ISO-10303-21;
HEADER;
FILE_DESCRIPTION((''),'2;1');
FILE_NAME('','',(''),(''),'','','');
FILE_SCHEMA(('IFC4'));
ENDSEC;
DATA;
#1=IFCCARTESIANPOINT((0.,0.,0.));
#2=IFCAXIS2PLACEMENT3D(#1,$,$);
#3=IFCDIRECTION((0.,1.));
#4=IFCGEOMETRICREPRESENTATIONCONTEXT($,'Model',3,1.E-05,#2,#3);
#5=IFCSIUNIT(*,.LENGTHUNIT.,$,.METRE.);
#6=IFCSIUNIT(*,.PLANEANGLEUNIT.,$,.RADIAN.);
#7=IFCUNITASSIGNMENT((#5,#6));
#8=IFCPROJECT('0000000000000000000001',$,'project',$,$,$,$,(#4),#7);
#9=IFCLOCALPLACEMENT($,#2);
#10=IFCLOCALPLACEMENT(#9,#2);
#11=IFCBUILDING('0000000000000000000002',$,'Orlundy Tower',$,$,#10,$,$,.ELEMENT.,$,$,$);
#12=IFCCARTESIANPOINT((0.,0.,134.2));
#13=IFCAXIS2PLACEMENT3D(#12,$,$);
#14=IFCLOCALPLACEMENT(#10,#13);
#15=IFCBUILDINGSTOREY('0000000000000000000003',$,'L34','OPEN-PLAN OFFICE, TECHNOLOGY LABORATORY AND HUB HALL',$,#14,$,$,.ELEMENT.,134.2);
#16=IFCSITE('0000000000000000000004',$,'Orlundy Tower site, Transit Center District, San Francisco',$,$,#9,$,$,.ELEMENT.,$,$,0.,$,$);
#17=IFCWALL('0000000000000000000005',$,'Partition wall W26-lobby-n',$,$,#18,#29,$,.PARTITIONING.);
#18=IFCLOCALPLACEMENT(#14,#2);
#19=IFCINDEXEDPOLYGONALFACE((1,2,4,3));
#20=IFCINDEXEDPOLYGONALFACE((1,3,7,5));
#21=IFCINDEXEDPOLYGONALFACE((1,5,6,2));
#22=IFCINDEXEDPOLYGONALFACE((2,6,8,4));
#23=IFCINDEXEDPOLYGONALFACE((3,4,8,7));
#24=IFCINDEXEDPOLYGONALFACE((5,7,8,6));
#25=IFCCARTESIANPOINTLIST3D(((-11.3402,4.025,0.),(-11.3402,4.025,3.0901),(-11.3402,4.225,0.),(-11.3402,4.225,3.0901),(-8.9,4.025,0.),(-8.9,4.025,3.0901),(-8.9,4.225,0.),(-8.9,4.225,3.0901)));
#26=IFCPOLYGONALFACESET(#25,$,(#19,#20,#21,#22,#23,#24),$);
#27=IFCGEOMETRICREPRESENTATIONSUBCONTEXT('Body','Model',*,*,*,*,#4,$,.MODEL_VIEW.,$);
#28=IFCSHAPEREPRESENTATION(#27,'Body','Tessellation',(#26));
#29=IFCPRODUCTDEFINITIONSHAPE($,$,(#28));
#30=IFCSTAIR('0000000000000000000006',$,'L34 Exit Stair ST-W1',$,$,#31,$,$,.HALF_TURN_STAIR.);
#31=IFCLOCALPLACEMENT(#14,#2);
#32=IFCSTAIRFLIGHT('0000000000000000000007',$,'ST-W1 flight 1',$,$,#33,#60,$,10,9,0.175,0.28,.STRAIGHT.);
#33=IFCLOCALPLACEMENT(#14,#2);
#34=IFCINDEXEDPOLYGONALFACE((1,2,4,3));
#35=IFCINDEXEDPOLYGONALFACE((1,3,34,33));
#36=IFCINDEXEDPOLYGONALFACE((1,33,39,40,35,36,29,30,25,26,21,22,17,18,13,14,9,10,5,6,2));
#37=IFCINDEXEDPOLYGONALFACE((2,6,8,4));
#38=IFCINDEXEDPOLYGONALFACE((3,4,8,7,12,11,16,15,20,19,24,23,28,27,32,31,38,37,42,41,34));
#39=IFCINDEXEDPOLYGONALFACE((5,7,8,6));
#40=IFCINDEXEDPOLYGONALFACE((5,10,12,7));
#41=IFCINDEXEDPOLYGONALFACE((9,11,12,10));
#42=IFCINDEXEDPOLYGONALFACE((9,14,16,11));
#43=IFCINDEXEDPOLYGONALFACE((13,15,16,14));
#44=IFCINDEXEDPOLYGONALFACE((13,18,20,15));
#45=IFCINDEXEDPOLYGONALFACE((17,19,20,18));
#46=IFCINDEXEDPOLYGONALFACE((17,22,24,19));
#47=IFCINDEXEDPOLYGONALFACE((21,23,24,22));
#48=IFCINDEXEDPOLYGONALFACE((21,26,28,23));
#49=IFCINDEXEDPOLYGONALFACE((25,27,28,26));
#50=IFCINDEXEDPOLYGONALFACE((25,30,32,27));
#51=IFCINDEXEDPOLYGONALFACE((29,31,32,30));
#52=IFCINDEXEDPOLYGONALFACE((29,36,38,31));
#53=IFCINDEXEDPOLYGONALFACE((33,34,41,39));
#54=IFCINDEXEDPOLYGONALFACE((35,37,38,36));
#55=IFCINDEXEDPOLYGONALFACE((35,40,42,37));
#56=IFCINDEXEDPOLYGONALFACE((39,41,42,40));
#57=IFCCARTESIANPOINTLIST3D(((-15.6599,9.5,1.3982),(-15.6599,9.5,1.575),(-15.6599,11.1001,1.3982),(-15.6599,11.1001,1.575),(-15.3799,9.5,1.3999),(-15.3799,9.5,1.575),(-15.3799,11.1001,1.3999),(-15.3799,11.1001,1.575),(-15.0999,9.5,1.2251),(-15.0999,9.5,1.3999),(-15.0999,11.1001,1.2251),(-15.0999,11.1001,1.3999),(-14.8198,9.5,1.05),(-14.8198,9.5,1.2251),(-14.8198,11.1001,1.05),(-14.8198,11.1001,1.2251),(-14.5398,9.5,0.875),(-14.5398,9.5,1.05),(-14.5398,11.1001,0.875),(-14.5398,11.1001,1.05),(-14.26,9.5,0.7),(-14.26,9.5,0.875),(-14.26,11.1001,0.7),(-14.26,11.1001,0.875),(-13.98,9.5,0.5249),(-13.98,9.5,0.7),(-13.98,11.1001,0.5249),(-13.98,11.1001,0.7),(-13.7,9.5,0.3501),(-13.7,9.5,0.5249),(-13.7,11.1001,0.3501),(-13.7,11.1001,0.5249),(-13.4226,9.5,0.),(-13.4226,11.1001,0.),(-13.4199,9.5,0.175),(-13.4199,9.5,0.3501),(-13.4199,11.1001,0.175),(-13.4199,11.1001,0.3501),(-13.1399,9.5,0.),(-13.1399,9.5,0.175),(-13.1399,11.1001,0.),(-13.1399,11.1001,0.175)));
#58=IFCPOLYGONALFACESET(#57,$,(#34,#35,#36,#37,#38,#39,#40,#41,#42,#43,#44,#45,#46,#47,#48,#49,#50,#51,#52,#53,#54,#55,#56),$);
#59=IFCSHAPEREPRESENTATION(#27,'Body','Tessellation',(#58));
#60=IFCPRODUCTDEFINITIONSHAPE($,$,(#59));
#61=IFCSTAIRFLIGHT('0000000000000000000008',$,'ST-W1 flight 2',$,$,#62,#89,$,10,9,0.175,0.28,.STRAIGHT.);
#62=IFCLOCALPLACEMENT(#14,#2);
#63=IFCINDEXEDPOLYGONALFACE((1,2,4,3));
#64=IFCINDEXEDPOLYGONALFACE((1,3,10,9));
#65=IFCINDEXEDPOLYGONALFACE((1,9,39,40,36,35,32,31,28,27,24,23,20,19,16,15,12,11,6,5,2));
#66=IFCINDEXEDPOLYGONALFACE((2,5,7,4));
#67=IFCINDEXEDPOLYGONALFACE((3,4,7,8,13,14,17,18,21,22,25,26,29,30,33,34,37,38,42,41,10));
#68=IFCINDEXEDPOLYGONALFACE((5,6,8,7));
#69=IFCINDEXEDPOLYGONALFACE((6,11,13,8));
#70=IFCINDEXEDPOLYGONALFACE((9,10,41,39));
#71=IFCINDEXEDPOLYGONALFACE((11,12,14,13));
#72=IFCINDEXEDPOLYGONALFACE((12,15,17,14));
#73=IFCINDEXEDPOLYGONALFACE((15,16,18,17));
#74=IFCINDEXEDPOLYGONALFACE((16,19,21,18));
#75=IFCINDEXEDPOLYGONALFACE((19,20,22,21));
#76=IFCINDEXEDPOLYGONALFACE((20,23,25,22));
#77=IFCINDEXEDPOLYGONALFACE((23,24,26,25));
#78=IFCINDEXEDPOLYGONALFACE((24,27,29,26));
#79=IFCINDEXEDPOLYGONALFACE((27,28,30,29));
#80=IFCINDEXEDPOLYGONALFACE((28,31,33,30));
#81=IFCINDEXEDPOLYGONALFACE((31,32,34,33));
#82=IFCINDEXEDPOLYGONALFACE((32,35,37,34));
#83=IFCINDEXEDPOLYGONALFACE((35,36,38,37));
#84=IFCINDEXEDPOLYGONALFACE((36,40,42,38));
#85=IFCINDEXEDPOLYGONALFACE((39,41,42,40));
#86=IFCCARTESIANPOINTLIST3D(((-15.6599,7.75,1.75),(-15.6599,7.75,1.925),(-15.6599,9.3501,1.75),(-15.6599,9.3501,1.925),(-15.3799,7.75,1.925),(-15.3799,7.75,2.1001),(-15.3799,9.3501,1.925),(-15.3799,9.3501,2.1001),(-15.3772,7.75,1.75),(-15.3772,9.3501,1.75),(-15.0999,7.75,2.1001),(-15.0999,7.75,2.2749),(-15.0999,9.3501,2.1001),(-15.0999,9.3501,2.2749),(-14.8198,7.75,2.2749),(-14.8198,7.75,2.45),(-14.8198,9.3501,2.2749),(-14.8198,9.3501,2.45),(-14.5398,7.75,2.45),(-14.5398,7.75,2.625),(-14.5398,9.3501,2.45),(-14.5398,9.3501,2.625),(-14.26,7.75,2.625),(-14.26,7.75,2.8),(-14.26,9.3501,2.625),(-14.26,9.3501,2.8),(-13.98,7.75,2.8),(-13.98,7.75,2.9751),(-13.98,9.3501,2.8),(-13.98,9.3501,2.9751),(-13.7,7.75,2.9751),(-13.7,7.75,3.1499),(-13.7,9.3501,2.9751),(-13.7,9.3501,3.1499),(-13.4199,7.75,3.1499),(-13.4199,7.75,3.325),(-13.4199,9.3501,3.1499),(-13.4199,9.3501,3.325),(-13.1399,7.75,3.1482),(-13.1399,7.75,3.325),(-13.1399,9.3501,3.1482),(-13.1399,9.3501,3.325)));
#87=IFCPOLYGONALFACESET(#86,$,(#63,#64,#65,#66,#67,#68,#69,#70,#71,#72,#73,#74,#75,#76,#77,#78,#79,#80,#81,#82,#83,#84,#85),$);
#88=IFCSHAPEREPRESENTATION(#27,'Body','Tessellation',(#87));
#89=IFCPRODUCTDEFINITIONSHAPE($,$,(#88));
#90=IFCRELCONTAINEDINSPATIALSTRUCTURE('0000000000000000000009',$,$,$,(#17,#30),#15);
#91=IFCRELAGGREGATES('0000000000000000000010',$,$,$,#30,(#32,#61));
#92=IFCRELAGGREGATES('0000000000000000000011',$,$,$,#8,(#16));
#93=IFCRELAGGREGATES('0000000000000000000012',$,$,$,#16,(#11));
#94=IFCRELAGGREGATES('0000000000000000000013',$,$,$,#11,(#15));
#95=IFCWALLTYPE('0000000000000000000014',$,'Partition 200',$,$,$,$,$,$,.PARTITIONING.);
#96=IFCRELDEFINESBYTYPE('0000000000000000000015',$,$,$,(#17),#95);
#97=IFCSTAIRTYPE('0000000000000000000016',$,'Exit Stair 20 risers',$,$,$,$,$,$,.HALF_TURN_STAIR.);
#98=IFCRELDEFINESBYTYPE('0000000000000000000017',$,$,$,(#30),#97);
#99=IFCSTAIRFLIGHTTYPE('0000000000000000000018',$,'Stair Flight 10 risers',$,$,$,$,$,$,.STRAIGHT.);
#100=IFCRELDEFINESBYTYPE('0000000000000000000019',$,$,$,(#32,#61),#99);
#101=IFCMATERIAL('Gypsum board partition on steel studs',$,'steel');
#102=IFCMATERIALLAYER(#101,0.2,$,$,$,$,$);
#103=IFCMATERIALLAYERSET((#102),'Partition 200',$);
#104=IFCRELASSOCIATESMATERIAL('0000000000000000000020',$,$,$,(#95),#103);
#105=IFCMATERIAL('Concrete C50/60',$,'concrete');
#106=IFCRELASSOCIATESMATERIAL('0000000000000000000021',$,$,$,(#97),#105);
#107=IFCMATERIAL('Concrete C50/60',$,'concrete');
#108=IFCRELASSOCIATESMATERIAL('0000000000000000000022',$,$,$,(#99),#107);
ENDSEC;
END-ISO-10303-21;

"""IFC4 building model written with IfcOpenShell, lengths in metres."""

from ifc_helpers import new_model, si_unit, direction, frame, frame_2d, origin, place, context, subcontext, project, spatial, polyline, rectangle, outline, extrude, material, layer, layer_set, type_object, element, aggregate, save


model = new_model("IFC4")

# Units and contexts
model_context = context("Model", 3, precision=1e-05, world=origin(), true_north=direction((0.0, 1.0)))
body_context = subcontext(model_context, "Body", "Model", "MODEL_VIEW")
ifc_project = project(units=[si_unit("LENGTHUNIT", "METRE"), si_unit("PLANEANGLEUNIT", "RADIAN")], contexts=[model_context])

# Site, building, storey
site_placement = place(None, origin())
site = spatial("IfcSite", under=ifc_project, at=site_placement, Name="Orlundy Tower site, Transit Center District, San Francisco", CompositionType="ELEMENT", RefElevation=0.0)
building_placement = place(site_placement, origin())
building = spatial("IfcBuilding", under=site, at=building_placement, Name="Orlundy Tower", CompositionType="ELEMENT")
storey_placement = place(building_placement, frame((0.0, 0.0, 134.2)))
storey = spatial("IfcBuildingStorey", under=building, at=storey_placement, Name="L34", Description="OPEN-PLAN OFFICE, TECHNOLOGY LABORATORY AND HUB HALL", CompositionType="ELEMENT", Elevation=134.2)

# Wall
ifc_material_1 = material(Name="Gypsum board partition on steel studs", Category="steel")
ifc_layer_1 = layer(ifc_material_1, 0.2)
ifc_layer_set_1 = layer_set([ifc_layer_1], Name="Partition 200")
wall_type_1 = type_object("IfcWallType", Name="Partition 200", PredefinedType="PARTITIONING", material=ifc_layer_set_1)
wall_1_placement = place(storey_placement, frame((-8.8999, 4.125, 0.0), z_axis=(0.0, 0.0, 1.0), x_axis=(-1.0, 0.0, 0.0)))
element("IfcWall", 1, at=wall_1_placement, inside=storey, type_object=wall_type_1, Name="Partition wall W26-lobby-n", PredefinedType="PARTITIONING", context=body_context, shape_type="SweptSolid", body=[
    extrude(rectangle(XDim=2.4402, YDim=0.2, at=frame_2d((1.2202, 0.0))), origin(), (0.0, 0.0, 1.0), 3.0901),
])

# Stair, stair flights
ifc_material_2 = material(Name="Concrete C50/60", Category="concrete")
stair_type = type_object("IfcStairType", Name="Exit Stair 20 risers", PredefinedType="HALF_TURN_STAIR", material=ifc_material_2)
stair_placement = place(storey_placement, origin())
stair = element("IfcStair", 2, at=stair_placement, inside=storey, type_object=stair_type, Name="L34 Exit Stair ST-W1", PredefinedType="HALF_TURN_STAIR")
ifc_material_3 = material(Name="Concrete C50/60", Category="concrete")
stair_flight_type = type_object("IfcStairFlightType", Name="Stair Flight 10 risers", PredefinedType="STRAIGHT", material=ifc_material_3)
stair_flight_1_placement = place(storey_placement, frame((-13.1399, 10.3, 0.0), z_axis=(0.0, 0.0, 1.0), x_axis=(-1.0, 0.0, 0.0)))
stair_flight_1 = element("IfcStairFlight", 3, at=stair_flight_1_placement, type_object=stair_flight_type, Name="ST-W1 flight 1", NumberOfRisers=10, NumberOfTreads=9, PredefinedType="STRAIGHT", RiserHeight=0.175, TreadLength=0.28, context=body_context, shape_type="SweptSolid", body=[
    extrude(outline(polyline([(0.0, 0.0), (0.0, 0.175), (0.28, 0.175), (0.28, 0.3501), (0.5601, 0.3501), (0.5601, 0.5249), (0.8401, 0.5249), (0.8401, 0.7), (1.1201, 0.7), (1.1201, 0.875), (1.3999, 0.875), (1.3999, 1.05), (1.6799, 1.05), (1.6799, 1.2251), (1.96, 1.2251), (1.96, 1.3999), (2.24, 1.3999), (2.24, 1.575), (2.52, 1.575), (2.52, 1.75), (2.52, 1.3982), (0.2827, 0.0), (0.0, 0.0)])), frame((0.0, 0.8, 0.0), z_axis=(0.0, -1.0, 0.0), x_axis=(1.0, 0.0, 0.0)), (0.0, 0.0, 1.0), 1.6001),
])
stair_flight_2_placement = place(storey_placement, frame((-15.6599, 8.55, 1.75), z_axis=(0.0, 0.0, 1.0), x_axis=(1.0, 0.0, 0.0)))
stair_flight_2 = element("IfcStairFlight", 4, at=stair_flight_2_placement, type_object=stair_flight_type, Name="ST-W1 flight 2", NumberOfRisers=10, NumberOfTreads=9, PredefinedType="STRAIGHT", RiserHeight=0.175, TreadLength=0.28, context=body_context, shape_type="SweptSolid", body=[
    extrude(outline(polyline([(0.0, 0.0), (0.0, 0.175), (0.28, 0.175), (0.28, 0.3501), (0.5601, 0.3501), (0.5601, 0.5249), (0.8401, 0.5249), (0.8401, 0.7), (1.1201, 0.7), (1.1201, 0.875), (1.3999, 0.875), (1.3999, 1.05), (1.6799, 1.05), (1.6799, 1.2251), (1.96, 1.2251), (1.96, 1.3999), (2.24, 1.3999), (2.24, 1.575), (2.52, 1.575), (2.52, 1.75), (2.52, 1.3982), (0.2827, 0.0), (0.0, 0.0)])), frame((0.0, 0.8, 0.0), z_axis=(0.0, -1.0, 0.0), x_axis=(1.0, 0.0, 0.0)), (0.0, 0.0, 1.0), 1.6001),
])
aggregate(stair, [stair_flight_1, stair_flight_2])

save(model, "model.ifc")
